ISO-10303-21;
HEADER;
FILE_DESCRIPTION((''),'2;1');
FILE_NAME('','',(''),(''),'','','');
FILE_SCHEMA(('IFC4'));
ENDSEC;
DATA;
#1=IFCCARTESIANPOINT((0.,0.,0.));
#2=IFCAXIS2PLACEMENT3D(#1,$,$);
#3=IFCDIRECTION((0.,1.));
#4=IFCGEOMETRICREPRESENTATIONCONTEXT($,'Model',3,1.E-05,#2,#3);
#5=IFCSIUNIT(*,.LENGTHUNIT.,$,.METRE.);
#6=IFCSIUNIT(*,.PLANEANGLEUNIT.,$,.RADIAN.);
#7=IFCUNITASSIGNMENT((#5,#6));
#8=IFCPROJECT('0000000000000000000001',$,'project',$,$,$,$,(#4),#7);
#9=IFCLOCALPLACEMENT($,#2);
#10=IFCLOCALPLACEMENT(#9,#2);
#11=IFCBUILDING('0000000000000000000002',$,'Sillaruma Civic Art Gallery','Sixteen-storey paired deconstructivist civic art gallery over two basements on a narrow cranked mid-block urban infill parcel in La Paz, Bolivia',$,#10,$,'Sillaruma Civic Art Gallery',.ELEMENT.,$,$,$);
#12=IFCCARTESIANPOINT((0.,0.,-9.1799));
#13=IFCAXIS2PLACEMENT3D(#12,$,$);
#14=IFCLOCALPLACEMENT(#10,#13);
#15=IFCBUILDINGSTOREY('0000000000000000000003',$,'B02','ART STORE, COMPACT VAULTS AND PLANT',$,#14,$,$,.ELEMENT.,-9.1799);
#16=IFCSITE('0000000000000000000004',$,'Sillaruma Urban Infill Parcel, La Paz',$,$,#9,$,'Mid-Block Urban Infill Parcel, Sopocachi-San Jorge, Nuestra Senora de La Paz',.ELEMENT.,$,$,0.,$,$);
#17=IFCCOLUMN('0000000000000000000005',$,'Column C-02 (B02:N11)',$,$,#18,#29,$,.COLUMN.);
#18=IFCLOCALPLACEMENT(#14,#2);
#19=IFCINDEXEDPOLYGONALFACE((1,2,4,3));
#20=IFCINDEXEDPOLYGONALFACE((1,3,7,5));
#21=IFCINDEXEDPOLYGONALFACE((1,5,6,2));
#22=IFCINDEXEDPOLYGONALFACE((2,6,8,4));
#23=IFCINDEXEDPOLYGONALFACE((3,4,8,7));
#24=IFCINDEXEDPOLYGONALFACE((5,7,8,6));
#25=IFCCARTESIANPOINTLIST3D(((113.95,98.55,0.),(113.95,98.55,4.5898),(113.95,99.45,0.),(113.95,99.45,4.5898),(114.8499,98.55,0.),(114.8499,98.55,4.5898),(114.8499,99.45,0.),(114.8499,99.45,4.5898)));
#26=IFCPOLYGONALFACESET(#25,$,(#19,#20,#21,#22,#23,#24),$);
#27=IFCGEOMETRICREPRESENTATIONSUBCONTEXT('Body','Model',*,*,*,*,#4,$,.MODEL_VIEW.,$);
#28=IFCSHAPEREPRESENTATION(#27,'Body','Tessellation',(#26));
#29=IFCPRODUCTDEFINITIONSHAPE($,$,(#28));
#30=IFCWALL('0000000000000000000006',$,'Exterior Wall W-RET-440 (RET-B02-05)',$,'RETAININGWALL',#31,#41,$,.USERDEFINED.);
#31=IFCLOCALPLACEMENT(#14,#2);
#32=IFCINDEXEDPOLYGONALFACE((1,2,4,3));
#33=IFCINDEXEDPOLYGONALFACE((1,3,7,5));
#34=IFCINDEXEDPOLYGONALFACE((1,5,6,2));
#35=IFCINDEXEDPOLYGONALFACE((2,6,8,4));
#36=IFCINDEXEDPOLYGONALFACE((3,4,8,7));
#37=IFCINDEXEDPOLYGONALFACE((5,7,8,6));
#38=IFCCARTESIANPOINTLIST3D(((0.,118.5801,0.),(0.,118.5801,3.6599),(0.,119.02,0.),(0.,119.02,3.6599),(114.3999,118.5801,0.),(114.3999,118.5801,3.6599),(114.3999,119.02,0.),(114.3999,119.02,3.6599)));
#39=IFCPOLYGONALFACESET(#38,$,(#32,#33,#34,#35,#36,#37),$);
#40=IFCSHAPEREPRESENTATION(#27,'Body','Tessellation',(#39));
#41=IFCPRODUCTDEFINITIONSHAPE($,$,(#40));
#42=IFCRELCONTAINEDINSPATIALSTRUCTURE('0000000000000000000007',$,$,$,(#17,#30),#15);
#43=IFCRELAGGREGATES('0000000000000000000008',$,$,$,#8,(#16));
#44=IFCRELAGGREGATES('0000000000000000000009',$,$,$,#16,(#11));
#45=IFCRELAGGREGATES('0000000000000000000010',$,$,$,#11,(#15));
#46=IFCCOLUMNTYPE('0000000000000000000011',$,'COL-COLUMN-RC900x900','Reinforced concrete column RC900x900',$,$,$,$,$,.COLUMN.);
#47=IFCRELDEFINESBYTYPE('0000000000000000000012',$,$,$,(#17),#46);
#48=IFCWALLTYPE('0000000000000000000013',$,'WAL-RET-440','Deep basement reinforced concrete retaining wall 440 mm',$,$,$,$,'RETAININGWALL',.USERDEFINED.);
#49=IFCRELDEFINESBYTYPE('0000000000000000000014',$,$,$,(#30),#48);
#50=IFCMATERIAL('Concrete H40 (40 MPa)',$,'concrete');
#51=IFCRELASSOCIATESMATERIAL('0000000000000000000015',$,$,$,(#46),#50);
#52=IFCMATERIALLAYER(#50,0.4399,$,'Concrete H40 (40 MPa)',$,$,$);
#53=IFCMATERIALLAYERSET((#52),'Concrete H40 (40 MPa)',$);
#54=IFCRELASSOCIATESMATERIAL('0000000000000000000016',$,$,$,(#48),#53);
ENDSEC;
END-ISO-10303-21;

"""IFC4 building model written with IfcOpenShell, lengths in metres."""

from ifc_helpers import new_model, si_unit, direction, frame, frame_2d, origin, origin_2d, place, context, subcontext, project, spatial, rectangle, extrude, material, layer, layer_set, material_profile, profile_set, type_object, element, save


model = new_model("IFC4")

# Units and contexts
model_context = context("Model", 3, precision=1e-05, world=origin(), true_north=direction((0.0, 1.0)))
body_context = subcontext(model_context, "Body", "Model", "MODEL_VIEW")
ifc_project = project(units=[si_unit("LENGTHUNIT", "METRE"), si_unit("PLANEANGLEUNIT", "RADIAN")], contexts=[model_context])

# Site, building, storey
site_placement = place(None, origin())
site = spatial("IfcSite", under=ifc_project, at=site_placement, Name="Sillaruma Urban Infill Parcel, La Paz", LongName="Mid-Block Urban Infill Parcel, Sopocachi-San Jorge, Nuestra Senora de La Paz", CompositionType="ELEMENT", RefElevation=0.0)
building_placement = place(site_placement, origin())
building = spatial("IfcBuilding", under=site, at=building_placement, Name="Sillaruma Civic Art Gallery", Description="Sixteen-storey paired deconstructivist civic art gallery over two basements on a narrow cranked mid-block urban infill parcel in La Paz, Bolivia", LongName="Sillaruma Civic Art Gallery", CompositionType="ELEMENT")
storey_placement = place(building_placement, frame((0.0, 0.0, -9.1799)))
storey = spatial("IfcBuildingStorey", under=building, at=storey_placement, Name="B02", Description="ART STORE, COMPACT VAULTS AND PLANT", CompositionType="ELEMENT", Elevation=-9.1799)

# Column
ifc_material_1 = material(Name="Concrete H40 (40 MPa)", Category="concrete")
ifc_material_profile_1 = material_profile(ifc_material_1, rectangle(XDim=0.8999, YDim=0.8999, at=origin_2d()), Name="RC900x900")
ifc_profile_set_1 = profile_set([ifc_material_profile_1], Name="Concrete H40 (40 MPa)")
column_type_1 = type_object("IfcColumnType", Name="COL-COLUMN-RC900x900", Description="Reinforced concrete column RC900x900", PredefinedType="COLUMN", material=ifc_profile_set_1)
column_1_placement = place(storey_placement, frame((114.3999, 99.0, 0.0), z_axis=(0.0, 0.0, 1.0), x_axis=(1.0, 0.0, 0.0)))
element("IfcColumn", 1, at=column_1_placement, inside=storey, type_object=column_type_1, Name="Column C-02 (B02:N11)", PredefinedType="COLUMN", context=body_context, shape_type="SweptSolid", body=[
    extrude(rectangle(XDim=0.8999, YDim=0.8999, at=origin_2d()), origin(), (0.0, 0.0, 1.0), 4.5898),
])

# Wall
ifc_layer_1 = layer(ifc_material_1, 0.4399, Name="Concrete H40 (40 MPa)")
ifc_layer_set_1 = layer_set([ifc_layer_1], Name="Concrete H40 (40 MPa)")
wall_type = type_object("IfcWallType", Name="WAL-RET-440", Description="Deep basement reinforced concrete retaining wall 440 mm", ElementType="RETAININGWALL", PredefinedType="USERDEFINED", material=ifc_layer_set_1)
wall_placement = place(storey_placement, frame((114.3999, 118.8, 0.0), z_axis=(0.0, 0.0, 1.0), x_axis=(-1.0, 0.0, 0.0)))
element("IfcWall", 2, at=wall_placement, inside=storey, type_object=wall_type, Name="Exterior Wall W-RET-440 (RET-B02-05)", ObjectType="RETAININGWALL", PredefinedType="USERDEFINED", context=body_context, shape_type="SweptSolid", body=[
    extrude(rectangle(XDim=114.3999, YDim=0.4399, at=frame_2d((57.2, 0.0))), origin(), (0.0, 0.0, 1.0), 3.6599),
])

save(model, "model.ifc")
